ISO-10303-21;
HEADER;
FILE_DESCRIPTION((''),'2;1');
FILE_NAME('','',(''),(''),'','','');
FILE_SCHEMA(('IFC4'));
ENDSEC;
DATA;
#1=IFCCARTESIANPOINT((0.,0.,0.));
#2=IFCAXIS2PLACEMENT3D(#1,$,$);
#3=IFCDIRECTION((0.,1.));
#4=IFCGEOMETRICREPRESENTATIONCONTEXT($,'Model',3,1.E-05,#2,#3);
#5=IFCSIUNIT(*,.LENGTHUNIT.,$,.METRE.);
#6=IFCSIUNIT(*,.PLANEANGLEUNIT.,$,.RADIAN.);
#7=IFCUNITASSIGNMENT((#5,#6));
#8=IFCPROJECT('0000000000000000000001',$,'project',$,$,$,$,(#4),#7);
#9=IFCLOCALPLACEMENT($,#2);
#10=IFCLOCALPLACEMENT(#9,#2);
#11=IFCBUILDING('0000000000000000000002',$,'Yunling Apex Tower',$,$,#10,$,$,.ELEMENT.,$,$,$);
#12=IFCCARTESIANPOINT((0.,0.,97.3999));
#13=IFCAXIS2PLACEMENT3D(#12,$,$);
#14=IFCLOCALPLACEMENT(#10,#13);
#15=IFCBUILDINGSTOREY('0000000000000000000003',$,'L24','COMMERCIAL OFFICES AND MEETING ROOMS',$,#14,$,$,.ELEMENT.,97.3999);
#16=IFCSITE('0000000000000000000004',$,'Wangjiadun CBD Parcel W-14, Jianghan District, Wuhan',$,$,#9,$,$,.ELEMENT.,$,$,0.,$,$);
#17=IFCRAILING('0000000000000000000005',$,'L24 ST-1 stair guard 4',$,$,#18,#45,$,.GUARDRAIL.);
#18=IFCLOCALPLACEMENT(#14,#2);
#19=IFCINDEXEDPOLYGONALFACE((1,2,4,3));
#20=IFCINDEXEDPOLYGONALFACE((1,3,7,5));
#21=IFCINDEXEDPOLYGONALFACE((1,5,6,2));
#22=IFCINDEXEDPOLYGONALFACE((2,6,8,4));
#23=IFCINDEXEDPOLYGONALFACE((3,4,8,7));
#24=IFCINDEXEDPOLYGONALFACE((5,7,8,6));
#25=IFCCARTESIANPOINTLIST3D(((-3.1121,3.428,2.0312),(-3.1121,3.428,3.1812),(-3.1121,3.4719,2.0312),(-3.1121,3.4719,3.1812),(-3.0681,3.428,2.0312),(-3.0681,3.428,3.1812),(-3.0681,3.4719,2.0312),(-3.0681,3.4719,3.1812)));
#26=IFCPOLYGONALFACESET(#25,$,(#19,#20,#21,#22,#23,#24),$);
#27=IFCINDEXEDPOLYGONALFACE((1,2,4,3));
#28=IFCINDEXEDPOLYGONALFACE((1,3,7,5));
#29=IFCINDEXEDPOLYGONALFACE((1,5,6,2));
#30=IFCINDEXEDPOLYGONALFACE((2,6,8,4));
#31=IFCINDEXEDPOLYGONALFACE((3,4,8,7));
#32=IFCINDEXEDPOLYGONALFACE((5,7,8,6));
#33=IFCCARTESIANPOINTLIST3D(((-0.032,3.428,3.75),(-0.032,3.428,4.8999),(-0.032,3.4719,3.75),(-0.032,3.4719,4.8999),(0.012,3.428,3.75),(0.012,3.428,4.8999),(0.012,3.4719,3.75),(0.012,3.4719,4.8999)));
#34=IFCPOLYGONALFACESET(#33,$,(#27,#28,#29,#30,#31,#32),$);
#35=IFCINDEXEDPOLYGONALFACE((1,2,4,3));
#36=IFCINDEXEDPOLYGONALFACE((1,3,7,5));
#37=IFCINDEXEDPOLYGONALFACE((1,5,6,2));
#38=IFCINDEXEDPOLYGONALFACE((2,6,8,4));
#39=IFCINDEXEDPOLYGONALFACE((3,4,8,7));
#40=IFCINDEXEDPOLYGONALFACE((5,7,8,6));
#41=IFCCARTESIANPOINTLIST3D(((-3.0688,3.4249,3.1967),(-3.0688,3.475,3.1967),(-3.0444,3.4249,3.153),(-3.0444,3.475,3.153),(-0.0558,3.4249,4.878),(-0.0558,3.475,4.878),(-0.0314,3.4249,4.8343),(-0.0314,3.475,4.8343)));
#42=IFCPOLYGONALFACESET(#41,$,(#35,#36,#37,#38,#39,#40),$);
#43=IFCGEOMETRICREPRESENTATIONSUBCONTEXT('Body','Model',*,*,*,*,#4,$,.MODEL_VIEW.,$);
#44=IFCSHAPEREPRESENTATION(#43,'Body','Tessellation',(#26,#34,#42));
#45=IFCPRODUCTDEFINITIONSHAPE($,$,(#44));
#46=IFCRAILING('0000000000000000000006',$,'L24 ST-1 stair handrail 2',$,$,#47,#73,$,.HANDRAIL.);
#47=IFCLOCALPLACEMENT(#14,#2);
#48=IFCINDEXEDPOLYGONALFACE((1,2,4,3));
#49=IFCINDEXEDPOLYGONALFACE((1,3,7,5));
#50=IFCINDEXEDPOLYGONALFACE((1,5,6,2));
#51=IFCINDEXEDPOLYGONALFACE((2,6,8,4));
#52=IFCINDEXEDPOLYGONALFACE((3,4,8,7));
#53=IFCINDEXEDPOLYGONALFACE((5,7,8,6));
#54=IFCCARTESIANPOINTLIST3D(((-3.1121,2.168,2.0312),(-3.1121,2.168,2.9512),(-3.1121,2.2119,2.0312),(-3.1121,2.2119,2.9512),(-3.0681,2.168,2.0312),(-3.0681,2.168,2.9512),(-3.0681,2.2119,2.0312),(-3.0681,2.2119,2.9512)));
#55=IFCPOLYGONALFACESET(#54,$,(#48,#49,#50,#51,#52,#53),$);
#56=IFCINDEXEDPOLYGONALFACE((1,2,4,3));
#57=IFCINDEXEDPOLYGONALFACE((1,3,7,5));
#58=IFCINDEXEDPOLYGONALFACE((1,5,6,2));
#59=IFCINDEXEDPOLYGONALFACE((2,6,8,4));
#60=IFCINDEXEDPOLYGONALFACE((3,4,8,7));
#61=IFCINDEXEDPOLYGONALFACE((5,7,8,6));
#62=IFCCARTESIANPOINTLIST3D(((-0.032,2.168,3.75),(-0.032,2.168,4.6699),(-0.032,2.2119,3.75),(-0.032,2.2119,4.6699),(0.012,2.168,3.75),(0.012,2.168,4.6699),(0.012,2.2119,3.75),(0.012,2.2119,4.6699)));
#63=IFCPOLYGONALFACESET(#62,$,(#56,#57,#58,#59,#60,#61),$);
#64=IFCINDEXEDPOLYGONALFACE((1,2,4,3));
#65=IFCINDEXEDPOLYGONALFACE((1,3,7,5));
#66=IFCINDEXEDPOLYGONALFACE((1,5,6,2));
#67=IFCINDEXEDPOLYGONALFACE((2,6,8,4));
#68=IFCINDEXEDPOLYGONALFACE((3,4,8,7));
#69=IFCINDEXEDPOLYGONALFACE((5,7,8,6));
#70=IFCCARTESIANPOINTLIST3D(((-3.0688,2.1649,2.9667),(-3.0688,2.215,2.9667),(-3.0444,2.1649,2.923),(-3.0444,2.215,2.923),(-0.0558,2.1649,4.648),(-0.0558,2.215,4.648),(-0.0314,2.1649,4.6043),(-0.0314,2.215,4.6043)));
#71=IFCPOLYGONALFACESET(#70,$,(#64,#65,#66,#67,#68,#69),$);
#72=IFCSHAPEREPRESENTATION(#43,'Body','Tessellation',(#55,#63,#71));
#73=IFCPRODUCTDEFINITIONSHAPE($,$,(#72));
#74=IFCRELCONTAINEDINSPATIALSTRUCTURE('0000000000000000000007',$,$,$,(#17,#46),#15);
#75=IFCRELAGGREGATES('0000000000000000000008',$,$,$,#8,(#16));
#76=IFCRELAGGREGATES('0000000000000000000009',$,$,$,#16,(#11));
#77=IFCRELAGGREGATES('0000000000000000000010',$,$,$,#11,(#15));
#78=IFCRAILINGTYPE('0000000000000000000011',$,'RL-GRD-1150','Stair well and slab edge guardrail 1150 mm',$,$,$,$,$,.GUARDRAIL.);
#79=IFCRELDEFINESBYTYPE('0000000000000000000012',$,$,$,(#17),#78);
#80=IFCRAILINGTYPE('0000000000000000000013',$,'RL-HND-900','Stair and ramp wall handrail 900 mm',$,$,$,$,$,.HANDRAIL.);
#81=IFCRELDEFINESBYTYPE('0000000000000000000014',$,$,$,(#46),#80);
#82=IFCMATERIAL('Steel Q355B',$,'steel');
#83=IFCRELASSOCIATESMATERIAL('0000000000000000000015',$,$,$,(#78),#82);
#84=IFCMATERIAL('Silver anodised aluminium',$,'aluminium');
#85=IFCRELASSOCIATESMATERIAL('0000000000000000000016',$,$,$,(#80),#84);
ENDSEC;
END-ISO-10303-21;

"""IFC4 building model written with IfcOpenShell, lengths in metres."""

from ifc_helpers import new_model, si_unit, direction, frame, origin, origin_2d, place, context, subcontext, project, spatial, rectangle, extrude, material, type_object, element, save


model = new_model("IFC4")

# Units and contexts
model_context = context("Model", 3, precision=1e-05, world=origin(), true_north=direction((0.0, 1.0)))
body_context = subcontext(model_context, "Body", "Model", "MODEL_VIEW")
ifc_project = project(units=[si_unit("LENGTHUNIT", "METRE"), si_unit("PLANEANGLEUNIT", "RADIAN")], contexts=[model_context])

# Site, building, storey
site_placement = place(None, origin())
site = spatial("IfcSite", under=ifc_project, at=site_placement, Name="Wangjiadun CBD Parcel W-14, Jianghan District, Wuhan", CompositionType="ELEMENT", RefElevation=0.0)
building_placement = place(site_placement, origin())
building = spatial("IfcBuilding", under=site, at=building_placement, Name="Yunling Apex Tower", CompositionType="ELEMENT")
storey_placement = place(building_placement, frame((0.0, 0.0, 97.3999)))
storey = spatial("IfcBuildingStorey", under=building, at=storey_placement, Name="L24", Description="COMMERCIAL OFFICES AND MEETING ROOMS", CompositionType="ELEMENT", Elevation=97.3999)

# Shared definitions
ifc_material_1 = material(Name="Steel Q355B", Category="steel")

# Shared definitions
ifc_material_2 = material(Name="Silver anodised aluminium", Category="aluminium")

# Railings
railing_type_1 = type_object("IfcRailingType", Name="RL-GRD-1150", Description="Stair well and slab edge guardrail 1150 mm", PredefinedType="GUARDRAIL", material=ifc_material_1)
railing_1_placement = place(storey_placement, frame((-3.0901, 3.45, 2.0312)))
element("IfcRailing", 1, at=railing_1_placement, inside=storey, type_object=railing_type_1, Name="L24 ST-1 stair guard 4", PredefinedType="GUARDRAIL", context=body_context, shape_type="SweptSolid", body=[
    extrude(rectangle(XDim=0.0439, YDim=0.0439, at=origin_2d()), origin(), (0.0, 0.0, 1.0), 1.1499),
    extrude(rectangle(XDim=0.0439, YDim=0.0439, at=origin_2d()), frame((3.0801, 0.0, 1.7188)), (0.0, 0.0, 1.0), 1.1499),
    extrude(rectangle(XDim=0.05, YDim=0.05, at=origin_2d()), frame((0.0334, 0.0, 1.1436), z_axis=(0.873242, 0.0, 0.487288), x_axis=(0.0, 1.0, 0.0)), (0.0, 0.0, 1.0), 3.4504),
])
railing_type_2 = type_object("IfcRailingType", Name="RL-HND-900", Description="Stair and ramp wall handrail 900 mm", PredefinedType="HANDRAIL", material=ifc_material_2)
railing_2_placement = place(storey_placement, frame((-3.0901, 2.1899, 2.0312)))
element("IfcRailing", 2, at=railing_2_placement, inside=storey, type_object=railing_type_2, Name="L24 ST-1 stair handrail 2", PredefinedType="HANDRAIL", context=body_context, shape_type="SweptSolid", body=[
    extrude(rectangle(XDim=0.0439, YDim=0.0439, at=origin_2d()), origin(), (0.0, 0.0, 1.0), 0.9199),
    extrude(rectangle(XDim=0.0439, YDim=0.0439, at=origin_2d()), frame((3.0801, 0.0, 1.7188)), (0.0, 0.0, 1.0), 0.9199),
    extrude(rectangle(XDim=0.05, YDim=0.05, at=origin_2d()), frame((0.0334, 0.0, 0.9136), z_axis=(0.873242, 0.0, 0.487288), x_axis=(0.0, 1.0, 0.0)), (0.0, 0.0, 1.0), 3.4504),
])

save(model, "model.ifc")
